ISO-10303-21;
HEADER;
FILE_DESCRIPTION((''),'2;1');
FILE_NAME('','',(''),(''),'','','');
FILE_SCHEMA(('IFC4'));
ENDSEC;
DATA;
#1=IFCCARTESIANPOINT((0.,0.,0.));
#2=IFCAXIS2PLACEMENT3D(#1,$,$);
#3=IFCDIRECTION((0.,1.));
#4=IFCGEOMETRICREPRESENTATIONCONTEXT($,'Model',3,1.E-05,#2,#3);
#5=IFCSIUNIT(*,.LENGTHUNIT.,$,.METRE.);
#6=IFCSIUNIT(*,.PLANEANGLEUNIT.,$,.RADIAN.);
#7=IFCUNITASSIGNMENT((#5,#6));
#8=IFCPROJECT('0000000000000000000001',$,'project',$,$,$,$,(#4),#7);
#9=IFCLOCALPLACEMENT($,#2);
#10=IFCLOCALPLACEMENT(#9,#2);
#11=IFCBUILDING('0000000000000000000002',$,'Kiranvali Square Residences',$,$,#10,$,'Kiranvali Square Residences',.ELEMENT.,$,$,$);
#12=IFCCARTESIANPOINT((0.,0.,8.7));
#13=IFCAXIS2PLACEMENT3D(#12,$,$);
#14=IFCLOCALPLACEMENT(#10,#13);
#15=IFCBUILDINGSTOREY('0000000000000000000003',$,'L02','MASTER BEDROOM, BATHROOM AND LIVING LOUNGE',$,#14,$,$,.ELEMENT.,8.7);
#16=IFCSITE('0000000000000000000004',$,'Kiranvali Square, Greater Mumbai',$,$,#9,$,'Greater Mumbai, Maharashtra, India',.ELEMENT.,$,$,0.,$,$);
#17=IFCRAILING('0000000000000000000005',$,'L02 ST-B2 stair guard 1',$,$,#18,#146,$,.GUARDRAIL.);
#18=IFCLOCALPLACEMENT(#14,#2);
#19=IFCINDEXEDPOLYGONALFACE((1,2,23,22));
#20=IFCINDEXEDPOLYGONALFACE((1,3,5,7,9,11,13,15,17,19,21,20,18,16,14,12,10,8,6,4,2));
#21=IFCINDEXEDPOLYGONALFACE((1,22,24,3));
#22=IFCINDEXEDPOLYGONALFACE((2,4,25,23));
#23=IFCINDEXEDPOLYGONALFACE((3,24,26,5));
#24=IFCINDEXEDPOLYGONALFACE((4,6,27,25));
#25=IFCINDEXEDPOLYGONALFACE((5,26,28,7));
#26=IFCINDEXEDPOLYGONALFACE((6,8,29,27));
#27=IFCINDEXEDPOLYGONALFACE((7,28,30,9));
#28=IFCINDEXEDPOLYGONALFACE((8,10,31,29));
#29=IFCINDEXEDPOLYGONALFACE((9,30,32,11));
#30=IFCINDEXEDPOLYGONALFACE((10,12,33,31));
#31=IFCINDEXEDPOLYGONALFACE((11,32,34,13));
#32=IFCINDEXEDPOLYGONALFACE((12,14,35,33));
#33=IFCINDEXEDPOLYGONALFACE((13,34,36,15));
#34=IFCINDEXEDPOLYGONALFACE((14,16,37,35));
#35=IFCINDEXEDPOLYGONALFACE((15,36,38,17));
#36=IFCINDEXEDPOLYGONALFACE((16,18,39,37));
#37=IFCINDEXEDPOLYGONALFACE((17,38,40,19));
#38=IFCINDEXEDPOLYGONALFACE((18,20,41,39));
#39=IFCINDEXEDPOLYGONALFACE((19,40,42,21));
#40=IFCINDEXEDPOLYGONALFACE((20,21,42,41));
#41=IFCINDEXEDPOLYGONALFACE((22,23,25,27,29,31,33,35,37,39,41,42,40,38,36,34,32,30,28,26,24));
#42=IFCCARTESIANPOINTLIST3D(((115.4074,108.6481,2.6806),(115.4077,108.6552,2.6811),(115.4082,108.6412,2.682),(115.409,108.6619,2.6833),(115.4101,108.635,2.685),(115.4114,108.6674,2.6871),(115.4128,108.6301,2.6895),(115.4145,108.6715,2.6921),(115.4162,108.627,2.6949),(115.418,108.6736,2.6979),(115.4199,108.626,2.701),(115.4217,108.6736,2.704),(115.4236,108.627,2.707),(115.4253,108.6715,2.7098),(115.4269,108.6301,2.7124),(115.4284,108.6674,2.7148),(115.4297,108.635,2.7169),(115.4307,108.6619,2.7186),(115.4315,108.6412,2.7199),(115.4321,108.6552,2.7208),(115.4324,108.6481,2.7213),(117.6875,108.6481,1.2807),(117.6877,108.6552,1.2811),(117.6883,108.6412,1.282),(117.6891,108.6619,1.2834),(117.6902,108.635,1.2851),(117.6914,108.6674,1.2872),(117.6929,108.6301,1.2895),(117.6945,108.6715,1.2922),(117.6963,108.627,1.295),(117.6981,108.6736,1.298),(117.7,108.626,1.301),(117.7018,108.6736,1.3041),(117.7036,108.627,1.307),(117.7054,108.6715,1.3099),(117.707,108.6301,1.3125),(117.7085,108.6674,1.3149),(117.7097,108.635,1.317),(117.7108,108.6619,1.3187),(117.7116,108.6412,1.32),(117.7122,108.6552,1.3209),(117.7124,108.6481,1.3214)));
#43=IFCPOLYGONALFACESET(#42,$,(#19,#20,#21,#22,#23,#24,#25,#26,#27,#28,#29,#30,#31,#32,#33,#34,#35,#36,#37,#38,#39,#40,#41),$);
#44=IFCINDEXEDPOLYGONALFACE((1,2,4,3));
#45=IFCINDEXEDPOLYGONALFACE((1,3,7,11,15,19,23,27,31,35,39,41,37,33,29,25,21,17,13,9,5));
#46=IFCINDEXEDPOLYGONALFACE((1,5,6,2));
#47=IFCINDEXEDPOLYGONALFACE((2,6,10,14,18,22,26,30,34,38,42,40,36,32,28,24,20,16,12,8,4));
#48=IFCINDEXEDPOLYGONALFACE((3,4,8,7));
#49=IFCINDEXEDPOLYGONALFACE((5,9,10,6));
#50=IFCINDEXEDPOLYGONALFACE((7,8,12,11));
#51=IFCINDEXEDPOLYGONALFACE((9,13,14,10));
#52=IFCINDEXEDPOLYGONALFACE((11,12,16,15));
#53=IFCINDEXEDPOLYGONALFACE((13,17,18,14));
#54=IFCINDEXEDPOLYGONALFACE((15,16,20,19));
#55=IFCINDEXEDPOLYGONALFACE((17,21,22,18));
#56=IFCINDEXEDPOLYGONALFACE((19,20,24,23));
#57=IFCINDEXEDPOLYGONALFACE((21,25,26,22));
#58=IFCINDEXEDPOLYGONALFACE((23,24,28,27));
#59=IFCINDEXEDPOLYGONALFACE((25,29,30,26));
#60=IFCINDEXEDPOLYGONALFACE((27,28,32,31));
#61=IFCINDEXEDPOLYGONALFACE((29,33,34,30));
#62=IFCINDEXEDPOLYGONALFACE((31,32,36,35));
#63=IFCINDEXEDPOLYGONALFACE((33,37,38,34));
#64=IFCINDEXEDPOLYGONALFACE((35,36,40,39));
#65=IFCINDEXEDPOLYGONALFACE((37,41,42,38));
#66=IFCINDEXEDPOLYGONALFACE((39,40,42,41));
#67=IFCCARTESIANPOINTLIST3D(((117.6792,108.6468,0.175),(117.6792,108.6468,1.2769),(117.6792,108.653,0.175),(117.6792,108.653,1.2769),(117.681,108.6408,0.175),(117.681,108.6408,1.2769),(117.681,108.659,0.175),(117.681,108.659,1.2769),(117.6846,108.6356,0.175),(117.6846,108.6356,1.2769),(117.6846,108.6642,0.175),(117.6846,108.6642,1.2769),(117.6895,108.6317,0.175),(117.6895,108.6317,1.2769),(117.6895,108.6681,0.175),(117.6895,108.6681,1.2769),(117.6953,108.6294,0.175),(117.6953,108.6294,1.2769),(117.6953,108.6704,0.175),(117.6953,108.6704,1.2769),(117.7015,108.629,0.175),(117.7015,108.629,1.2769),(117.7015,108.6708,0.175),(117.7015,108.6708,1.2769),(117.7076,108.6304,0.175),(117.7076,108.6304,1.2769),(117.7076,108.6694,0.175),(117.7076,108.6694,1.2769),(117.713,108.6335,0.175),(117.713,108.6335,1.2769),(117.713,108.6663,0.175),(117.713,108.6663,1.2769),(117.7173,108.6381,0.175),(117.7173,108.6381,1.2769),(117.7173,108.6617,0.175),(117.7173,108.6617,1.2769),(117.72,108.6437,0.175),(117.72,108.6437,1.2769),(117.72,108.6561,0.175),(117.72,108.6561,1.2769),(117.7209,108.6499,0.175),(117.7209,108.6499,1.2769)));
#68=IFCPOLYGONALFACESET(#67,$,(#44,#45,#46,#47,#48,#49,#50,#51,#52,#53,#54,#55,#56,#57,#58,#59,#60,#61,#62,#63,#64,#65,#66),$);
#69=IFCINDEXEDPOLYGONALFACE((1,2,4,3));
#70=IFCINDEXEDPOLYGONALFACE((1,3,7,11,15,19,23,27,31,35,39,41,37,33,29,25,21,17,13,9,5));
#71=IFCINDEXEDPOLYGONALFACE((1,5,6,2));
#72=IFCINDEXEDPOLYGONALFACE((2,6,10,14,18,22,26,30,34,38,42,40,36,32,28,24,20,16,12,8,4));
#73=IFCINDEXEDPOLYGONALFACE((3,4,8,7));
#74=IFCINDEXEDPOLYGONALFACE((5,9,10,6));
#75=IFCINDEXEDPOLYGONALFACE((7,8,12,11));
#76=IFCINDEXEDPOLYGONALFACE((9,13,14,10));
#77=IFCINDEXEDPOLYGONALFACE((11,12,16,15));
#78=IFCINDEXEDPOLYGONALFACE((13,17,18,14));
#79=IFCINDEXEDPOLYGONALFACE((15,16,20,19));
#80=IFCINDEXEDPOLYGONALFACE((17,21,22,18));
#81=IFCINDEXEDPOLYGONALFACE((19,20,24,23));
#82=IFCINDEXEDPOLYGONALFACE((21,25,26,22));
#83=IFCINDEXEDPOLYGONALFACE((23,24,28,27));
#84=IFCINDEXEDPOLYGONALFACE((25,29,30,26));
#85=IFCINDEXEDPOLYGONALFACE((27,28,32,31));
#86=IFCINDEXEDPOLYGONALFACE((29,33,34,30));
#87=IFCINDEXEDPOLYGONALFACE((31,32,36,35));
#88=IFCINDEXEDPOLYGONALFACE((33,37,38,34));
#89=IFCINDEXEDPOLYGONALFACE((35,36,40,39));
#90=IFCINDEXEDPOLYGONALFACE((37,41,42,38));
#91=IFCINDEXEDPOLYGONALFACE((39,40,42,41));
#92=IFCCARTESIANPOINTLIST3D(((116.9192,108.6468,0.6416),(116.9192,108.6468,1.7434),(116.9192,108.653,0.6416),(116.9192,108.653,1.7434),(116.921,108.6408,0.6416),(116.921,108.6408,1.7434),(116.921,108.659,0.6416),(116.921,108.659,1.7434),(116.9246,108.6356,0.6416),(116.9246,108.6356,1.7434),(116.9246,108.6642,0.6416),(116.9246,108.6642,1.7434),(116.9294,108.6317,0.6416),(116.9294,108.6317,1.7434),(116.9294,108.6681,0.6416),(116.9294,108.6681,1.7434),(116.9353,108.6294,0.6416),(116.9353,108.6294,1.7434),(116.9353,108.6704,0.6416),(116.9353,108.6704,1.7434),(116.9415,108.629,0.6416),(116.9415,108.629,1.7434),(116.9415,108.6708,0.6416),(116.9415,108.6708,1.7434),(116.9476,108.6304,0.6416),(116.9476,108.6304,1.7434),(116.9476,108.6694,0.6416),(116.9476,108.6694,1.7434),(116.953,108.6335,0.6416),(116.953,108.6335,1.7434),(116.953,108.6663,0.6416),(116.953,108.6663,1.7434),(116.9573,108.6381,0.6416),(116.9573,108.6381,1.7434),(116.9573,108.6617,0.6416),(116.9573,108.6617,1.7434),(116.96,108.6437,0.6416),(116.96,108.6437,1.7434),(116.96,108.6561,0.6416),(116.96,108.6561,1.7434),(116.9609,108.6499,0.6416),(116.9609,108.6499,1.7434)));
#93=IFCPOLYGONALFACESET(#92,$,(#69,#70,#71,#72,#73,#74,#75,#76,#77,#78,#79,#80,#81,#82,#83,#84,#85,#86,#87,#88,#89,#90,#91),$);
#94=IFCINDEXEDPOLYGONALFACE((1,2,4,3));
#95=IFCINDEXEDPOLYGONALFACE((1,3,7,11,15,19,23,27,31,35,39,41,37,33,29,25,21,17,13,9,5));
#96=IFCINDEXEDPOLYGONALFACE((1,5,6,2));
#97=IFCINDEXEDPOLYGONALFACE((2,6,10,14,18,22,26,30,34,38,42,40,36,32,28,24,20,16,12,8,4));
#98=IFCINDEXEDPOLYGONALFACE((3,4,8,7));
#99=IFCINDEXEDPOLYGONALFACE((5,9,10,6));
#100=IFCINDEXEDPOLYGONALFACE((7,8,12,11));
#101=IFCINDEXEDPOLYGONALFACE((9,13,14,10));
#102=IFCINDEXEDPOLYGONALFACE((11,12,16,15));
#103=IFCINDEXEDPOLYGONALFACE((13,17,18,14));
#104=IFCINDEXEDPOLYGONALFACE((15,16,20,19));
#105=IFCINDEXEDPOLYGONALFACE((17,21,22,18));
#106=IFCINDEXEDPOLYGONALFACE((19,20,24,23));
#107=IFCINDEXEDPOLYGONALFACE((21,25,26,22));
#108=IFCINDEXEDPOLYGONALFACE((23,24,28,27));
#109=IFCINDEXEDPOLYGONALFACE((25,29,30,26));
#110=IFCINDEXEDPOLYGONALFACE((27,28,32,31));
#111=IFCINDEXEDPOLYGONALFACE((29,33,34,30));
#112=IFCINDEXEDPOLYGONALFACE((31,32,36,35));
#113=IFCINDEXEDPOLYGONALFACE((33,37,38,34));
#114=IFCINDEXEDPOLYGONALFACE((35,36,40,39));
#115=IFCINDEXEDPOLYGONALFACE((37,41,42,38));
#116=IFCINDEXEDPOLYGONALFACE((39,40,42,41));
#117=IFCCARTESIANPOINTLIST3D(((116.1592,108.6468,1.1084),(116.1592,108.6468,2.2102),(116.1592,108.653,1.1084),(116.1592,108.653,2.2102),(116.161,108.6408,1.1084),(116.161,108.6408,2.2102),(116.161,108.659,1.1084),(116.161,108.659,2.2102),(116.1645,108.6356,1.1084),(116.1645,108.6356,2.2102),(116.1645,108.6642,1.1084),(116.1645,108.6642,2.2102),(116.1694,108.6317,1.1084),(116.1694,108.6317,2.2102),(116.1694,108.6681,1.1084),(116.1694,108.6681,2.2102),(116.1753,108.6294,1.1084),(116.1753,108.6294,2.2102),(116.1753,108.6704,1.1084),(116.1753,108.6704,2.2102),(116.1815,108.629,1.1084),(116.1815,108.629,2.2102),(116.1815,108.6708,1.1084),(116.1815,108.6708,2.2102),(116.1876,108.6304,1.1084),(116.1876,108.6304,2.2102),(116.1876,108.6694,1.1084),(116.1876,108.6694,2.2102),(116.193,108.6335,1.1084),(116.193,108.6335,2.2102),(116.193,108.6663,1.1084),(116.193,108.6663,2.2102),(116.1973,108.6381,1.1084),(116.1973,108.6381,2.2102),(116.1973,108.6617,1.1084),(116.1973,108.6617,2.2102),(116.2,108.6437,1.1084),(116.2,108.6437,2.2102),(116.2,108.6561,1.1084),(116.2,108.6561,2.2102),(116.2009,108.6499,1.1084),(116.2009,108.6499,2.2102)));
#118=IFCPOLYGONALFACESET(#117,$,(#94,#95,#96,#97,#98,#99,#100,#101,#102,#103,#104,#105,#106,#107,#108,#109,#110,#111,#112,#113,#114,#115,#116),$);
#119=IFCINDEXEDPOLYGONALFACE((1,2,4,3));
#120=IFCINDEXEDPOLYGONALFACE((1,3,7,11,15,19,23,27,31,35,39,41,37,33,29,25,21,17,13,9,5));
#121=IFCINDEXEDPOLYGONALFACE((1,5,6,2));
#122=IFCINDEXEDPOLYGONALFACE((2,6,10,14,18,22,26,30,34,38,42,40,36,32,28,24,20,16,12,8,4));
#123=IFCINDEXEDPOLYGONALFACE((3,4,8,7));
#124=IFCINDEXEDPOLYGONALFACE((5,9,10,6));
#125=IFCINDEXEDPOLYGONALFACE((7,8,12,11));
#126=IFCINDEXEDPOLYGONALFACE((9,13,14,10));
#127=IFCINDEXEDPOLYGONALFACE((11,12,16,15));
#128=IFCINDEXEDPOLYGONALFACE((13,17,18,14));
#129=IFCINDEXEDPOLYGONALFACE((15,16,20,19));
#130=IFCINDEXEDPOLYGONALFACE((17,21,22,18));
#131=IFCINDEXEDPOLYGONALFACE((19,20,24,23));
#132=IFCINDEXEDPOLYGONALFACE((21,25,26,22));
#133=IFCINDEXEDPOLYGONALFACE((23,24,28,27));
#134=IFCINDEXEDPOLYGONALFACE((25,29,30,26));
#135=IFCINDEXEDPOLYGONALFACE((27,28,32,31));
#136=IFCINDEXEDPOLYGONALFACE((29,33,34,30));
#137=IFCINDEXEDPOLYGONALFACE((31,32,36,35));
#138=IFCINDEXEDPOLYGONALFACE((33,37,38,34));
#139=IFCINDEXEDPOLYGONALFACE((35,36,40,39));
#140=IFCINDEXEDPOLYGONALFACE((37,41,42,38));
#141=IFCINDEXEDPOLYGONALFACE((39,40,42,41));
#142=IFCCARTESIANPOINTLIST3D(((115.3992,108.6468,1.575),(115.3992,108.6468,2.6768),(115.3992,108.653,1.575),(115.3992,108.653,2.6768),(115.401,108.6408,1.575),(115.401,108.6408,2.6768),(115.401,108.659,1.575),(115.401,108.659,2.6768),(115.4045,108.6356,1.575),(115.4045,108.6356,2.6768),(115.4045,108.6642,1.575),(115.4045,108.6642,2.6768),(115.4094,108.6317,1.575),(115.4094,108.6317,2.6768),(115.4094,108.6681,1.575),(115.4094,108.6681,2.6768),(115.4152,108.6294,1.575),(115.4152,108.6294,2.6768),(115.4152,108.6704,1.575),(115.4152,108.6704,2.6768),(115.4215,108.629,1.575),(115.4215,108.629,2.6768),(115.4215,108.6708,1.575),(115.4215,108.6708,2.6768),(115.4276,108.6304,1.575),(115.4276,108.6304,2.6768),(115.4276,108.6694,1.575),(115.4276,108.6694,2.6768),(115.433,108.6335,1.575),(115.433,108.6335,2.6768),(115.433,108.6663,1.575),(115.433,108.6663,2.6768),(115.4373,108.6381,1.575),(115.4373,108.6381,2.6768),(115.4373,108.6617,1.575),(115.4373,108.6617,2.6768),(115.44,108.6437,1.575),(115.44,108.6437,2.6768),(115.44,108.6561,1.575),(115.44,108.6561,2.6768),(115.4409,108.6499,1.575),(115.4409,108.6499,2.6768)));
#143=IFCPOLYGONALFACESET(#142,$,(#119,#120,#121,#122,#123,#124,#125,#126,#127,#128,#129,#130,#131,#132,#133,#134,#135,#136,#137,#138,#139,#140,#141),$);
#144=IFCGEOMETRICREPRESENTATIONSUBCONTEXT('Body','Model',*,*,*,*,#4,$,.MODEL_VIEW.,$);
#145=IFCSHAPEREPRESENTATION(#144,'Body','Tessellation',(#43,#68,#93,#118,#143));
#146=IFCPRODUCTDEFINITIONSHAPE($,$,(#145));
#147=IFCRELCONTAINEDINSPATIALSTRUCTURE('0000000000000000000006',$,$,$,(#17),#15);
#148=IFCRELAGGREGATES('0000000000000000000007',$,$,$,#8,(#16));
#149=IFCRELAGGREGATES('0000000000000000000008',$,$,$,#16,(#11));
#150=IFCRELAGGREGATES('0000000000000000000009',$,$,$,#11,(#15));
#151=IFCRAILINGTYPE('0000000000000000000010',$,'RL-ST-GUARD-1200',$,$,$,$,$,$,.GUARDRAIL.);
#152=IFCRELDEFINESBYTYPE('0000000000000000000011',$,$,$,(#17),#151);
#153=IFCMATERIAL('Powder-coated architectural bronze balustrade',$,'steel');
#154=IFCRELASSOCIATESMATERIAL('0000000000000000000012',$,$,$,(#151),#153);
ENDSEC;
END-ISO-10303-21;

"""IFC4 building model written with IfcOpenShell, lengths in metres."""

from ifc_helpers import new_model, si_unit, direction, frame, origin, origin_2d, place, context, subcontext, project, spatial, circle, extrude, material, type_object, element, save


model = new_model("IFC4")

# Units and contexts
model_context = context("Model", 3, precision=1e-05, world=origin(), true_north=direction((0.0, 1.0)))
body_context = subcontext(model_context, "Body", "Model", "MODEL_VIEW")
ifc_project = project(units=[si_unit("LENGTHUNIT", "METRE"), si_unit("PLANEANGLEUNIT", "RADIAN")], contexts=[model_context])

# Site, building, storey
site_placement = place(None, origin())
site = spatial("IfcSite", under=ifc_project, at=site_placement, Name="Kiranvali Square, Greater Mumbai", LongName="Greater Mumbai, Maharashtra, India", CompositionType="ELEMENT", RefElevation=0.0)
building_placement = place(site_placement, origin())
building = spatial("IfcBuilding", under=site, at=building_placement, Name="Kiranvali Square Residences", LongName="Kiranvali Square Residences", CompositionType="ELEMENT")
storey_placement = place(building_placement, frame((0.0, 0.0, 8.7)))
storey = spatial("IfcBuildingStorey", under=building, at=storey_placement, Name="L02", Description="MASTER BEDROOM, BATHROOM AND LIVING LOUNGE", CompositionType="ELEMENT", Elevation=8.7)

# Railing
ifc_material_1 = material(Name="Powder-coated architectural bronze balustrade", Category="steel")
railing_type_1 = type_object("IfcRailingType", Name="RL-ST-GUARD-1200", PredefinedType="GUARDRAIL", material=ifc_material_1)
railing_1_placement = place(storey_placement, frame((117.7, 108.6499, 0.175)))
element("IfcRailing", 1, at=railing_1_placement, inside=storey, type_object=railing_type_1, Name="L02 ST-B2 stair guard 1", PredefinedType="GUARDRAIL", context=body_context, shape_type="SweptSolid", body=[
    extrude(circle(Radius=0.0239, at=origin_2d()), frame((0.0, 0.0, 1.126), z_axis=(-0.85219, 0.0, 0.523232), x_axis=(0.0, -1.0, 0.0)), (0.0, 0.0, 1.0), 2.6755),
    extrude(circle(Radius=0.021, at=origin_2d()), origin(), (0.0, 0.0, 1.0), 1.1018),
    extrude(circle(Radius=0.021, at=origin_2d()), frame((-0.76, 0.0, 0.4666)), (0.0, 0.0, 1.0), 1.1018),
    extrude(circle(Radius=0.021, at=origin_2d()), frame((-1.52, 0.0, 0.9333)), (0.0, 0.0, 1.0), 1.1018),
    extrude(circle(Radius=0.021, at=origin_2d()), frame((-2.28, 0.0, 1.3999)), (0.0, 0.0, 1.0), 1.1018),
])

save(model, "model.ifc")
